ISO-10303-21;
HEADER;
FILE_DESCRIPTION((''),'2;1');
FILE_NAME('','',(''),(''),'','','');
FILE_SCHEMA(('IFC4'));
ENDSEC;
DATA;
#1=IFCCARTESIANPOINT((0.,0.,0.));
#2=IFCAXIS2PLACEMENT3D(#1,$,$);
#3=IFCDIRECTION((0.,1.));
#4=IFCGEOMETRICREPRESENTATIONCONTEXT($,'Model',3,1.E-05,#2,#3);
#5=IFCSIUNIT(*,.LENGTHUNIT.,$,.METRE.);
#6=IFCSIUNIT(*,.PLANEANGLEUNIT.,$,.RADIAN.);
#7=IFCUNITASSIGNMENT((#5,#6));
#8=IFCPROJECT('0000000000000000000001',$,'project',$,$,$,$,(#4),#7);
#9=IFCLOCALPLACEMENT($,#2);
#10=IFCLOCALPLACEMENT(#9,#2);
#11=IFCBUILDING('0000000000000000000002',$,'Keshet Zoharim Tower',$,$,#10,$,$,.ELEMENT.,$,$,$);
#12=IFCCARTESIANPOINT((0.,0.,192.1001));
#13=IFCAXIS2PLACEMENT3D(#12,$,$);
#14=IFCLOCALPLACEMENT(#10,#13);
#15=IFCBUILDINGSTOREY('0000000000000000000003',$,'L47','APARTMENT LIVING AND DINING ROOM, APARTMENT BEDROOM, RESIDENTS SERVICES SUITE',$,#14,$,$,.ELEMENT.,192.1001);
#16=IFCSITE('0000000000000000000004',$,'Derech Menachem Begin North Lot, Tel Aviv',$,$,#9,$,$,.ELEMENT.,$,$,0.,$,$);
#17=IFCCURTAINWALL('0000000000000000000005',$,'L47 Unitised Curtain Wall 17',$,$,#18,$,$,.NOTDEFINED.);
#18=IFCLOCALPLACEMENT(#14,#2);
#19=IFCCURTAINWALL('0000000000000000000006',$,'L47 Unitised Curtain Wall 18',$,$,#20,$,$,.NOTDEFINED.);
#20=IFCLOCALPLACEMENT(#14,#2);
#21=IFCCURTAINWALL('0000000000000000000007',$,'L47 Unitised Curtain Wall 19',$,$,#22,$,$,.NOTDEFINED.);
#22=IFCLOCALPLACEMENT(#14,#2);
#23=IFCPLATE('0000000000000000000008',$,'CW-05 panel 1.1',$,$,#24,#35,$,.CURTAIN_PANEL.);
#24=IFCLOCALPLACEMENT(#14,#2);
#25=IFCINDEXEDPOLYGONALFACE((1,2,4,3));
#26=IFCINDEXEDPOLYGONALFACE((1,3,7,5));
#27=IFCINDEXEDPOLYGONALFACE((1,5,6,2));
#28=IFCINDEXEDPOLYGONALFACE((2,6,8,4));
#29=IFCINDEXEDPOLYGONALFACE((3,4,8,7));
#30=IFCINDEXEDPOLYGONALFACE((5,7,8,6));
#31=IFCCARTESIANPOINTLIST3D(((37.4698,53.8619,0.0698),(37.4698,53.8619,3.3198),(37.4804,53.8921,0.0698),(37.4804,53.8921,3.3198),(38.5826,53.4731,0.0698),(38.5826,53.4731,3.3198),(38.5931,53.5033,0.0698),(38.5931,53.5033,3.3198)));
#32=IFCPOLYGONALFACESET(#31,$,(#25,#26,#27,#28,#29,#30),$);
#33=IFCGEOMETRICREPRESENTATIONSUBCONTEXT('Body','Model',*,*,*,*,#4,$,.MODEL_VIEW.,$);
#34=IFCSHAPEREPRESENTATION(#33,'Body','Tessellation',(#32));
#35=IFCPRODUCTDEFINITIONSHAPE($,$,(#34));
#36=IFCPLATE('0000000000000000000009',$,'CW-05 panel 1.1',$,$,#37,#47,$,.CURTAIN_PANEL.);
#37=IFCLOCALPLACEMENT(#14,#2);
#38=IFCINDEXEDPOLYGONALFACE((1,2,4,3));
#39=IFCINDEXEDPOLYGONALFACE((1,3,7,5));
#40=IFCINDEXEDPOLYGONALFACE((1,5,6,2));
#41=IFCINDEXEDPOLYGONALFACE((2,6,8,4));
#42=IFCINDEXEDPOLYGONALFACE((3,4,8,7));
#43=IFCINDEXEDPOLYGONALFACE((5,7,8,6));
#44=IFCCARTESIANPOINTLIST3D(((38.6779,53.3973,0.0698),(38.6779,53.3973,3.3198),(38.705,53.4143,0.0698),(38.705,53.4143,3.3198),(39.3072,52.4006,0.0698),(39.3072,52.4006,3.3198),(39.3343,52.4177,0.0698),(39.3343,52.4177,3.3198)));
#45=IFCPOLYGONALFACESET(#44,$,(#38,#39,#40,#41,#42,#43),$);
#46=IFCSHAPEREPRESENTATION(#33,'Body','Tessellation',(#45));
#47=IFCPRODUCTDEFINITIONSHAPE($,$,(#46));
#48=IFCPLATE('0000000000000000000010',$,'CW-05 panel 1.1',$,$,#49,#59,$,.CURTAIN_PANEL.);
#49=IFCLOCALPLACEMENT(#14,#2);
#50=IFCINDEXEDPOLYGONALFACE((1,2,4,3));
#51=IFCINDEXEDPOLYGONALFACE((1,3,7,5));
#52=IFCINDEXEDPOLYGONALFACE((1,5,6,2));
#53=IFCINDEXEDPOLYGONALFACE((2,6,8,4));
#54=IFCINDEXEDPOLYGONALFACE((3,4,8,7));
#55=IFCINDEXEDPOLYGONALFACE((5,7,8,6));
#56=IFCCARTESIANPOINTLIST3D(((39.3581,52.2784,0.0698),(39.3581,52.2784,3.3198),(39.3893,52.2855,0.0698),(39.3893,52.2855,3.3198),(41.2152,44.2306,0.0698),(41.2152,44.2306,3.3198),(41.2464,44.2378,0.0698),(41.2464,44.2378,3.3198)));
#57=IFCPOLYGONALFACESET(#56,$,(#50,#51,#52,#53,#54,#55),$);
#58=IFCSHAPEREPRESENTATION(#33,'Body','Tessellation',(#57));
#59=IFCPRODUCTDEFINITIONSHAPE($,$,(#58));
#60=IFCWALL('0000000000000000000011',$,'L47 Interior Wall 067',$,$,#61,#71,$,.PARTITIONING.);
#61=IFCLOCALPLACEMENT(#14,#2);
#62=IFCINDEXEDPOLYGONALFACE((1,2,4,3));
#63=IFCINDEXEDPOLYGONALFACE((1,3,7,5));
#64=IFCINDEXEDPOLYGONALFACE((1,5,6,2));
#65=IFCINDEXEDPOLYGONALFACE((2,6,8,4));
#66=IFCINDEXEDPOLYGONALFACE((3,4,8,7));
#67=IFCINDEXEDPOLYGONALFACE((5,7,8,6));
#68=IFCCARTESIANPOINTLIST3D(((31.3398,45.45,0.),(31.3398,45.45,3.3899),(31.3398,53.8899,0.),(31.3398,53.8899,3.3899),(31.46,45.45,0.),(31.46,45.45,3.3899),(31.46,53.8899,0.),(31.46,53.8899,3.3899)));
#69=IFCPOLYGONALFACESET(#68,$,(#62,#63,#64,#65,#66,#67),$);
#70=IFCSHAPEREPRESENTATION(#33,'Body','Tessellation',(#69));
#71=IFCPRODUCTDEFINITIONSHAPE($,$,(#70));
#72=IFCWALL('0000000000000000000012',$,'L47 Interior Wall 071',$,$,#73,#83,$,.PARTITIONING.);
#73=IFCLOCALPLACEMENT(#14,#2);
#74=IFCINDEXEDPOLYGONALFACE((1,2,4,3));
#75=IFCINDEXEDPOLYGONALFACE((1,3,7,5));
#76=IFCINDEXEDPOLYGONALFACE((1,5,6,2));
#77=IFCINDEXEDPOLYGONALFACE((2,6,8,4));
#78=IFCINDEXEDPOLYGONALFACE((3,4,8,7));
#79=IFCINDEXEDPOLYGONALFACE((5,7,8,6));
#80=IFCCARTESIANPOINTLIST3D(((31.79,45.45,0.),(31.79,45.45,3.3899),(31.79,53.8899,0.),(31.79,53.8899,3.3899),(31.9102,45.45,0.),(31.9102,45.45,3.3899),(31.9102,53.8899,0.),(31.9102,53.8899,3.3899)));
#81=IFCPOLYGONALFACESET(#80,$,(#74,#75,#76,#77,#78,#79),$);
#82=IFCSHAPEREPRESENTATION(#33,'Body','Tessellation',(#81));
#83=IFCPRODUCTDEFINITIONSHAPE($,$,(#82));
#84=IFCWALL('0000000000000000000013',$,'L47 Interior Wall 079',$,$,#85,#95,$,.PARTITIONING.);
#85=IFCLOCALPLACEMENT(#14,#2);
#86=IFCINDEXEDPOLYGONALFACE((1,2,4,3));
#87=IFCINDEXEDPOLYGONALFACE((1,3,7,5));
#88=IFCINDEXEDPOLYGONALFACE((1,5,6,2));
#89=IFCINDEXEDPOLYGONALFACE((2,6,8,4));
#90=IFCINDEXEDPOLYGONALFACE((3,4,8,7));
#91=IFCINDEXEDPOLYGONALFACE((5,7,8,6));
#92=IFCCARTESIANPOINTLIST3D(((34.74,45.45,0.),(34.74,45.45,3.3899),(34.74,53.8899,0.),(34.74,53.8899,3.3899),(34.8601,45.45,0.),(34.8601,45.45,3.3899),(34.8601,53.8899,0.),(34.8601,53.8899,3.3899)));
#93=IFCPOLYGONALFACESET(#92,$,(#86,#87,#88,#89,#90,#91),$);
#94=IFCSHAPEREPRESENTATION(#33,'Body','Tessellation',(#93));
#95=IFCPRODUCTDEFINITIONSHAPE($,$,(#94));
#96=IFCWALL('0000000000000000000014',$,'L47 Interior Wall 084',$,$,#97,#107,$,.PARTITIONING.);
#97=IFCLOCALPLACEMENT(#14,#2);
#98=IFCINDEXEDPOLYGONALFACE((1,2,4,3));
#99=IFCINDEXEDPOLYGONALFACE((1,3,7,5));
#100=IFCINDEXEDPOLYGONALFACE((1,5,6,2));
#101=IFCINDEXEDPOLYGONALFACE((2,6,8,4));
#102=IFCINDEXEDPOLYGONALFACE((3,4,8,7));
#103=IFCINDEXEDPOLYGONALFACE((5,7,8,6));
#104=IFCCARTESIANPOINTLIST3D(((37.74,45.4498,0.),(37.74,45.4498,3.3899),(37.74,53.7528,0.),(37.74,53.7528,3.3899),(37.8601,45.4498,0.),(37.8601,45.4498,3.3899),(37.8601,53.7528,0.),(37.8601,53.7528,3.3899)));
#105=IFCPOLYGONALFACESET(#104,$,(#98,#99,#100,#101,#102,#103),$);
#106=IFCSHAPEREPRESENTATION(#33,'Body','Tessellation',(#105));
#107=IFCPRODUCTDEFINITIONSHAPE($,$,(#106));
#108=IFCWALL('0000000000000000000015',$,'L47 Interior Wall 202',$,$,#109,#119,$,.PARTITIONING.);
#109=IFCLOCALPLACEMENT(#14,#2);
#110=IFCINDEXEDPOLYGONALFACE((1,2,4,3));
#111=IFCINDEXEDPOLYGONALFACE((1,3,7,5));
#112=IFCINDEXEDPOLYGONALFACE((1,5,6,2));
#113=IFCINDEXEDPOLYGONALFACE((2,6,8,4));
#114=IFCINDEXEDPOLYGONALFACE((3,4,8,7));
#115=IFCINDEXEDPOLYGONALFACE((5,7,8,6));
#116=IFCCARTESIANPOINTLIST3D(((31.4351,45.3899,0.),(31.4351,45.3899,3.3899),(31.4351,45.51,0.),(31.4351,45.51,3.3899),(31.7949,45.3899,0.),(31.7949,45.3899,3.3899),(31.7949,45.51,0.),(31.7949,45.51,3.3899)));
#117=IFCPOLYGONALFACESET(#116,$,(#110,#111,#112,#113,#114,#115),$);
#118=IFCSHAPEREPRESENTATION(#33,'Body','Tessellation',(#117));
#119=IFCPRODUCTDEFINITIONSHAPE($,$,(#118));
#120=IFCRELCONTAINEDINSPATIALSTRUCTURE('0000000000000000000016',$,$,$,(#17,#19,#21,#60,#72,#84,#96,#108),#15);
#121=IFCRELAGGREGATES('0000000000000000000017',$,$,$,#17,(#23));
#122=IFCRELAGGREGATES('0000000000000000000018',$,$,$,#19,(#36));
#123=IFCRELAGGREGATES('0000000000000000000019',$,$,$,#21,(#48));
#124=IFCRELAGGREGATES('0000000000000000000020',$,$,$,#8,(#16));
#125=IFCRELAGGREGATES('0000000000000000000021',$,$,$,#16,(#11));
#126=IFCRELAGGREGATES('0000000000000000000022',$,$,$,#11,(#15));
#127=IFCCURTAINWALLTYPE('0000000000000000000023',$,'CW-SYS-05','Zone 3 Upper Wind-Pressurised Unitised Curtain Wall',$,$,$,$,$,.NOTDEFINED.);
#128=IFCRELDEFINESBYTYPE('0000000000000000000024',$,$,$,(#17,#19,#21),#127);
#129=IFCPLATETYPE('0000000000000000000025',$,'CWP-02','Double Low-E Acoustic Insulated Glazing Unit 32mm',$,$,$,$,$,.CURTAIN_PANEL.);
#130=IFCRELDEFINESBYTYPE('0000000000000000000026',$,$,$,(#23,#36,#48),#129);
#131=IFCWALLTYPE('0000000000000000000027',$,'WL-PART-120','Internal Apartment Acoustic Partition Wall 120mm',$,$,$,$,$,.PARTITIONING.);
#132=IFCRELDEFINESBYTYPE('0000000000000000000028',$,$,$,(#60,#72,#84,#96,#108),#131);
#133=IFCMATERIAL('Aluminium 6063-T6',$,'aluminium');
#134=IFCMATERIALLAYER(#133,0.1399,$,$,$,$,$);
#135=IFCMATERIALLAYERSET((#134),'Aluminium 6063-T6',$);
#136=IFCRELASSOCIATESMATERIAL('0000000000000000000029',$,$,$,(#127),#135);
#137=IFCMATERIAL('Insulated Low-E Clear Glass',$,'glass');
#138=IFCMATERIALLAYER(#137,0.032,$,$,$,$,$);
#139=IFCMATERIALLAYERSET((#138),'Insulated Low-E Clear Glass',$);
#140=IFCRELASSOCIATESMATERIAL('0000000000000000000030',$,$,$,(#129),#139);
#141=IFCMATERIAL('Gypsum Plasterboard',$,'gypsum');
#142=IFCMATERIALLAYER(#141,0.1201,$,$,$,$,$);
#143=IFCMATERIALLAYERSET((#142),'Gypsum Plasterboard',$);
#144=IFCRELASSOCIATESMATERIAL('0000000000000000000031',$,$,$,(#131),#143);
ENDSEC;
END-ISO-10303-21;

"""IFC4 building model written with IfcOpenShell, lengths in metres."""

from ifc_helpers import new_model, si_unit, direction, frame, frame_2d, origin, origin_2d, place, context, subcontext, project, spatial, rectangle, extrude, material, layer, layer_set, type_object, element, aggregate, save


model = new_model("IFC4")

# Units and contexts
model_context = context("Model", 3, precision=1e-05, world=origin(), true_north=direction((0.0, 1.0)))
body_context = subcontext(model_context, "Body", "Model", "MODEL_VIEW")
ifc_project = project(units=[si_unit("LENGTHUNIT", "METRE"), si_unit("PLANEANGLEUNIT", "RADIAN")], contexts=[model_context])

# Site, building, storey
site_placement = place(None, origin())
site = spatial("IfcSite", under=ifc_project, at=site_placement, Name="Derech Menachem Begin North Lot, Tel Aviv", CompositionType="ELEMENT", RefElevation=0.0)
building_placement = place(site_placement, origin())
building = spatial("IfcBuilding", under=site, at=building_placement, Name="Keshet Zoharim Tower", CompositionType="ELEMENT")
storey_placement = place(building_placement, frame((0.0, 0.0, 192.1001)))
storey = spatial("IfcBuildingStorey", under=building, at=storey_placement, Name="L47", Description="APARTMENT LIVING AND DINING ROOM, APARTMENT BEDROOM, RESIDENTS SERVICES SUITE", CompositionType="ELEMENT", Elevation=192.1001)

# Curtain walls
ifc_material_1 = material(Name="Aluminium 6063-T6", Category="aluminium")
ifc_layer_1 = layer(ifc_material_1, 0.1399)
ifc_layer_set_1 = layer_set([ifc_layer_1], Name="Aluminium 6063-T6")
curtain_wall_type = type_object("IfcCurtainWallType", Name="CW-SYS-05", Description="Zone 3 Upper Wind-Pressurised Unitised Curtain Wall", PredefinedType="NOTDEFINED", material=ifc_layer_set_1)
curtain_wall_1_placement = place(storey_placement, origin())
curtain_wall_1 = element("IfcCurtainWall", 1, at=curtain_wall_1_placement, inside=storey, type_object=curtain_wall_type, Name="L47 Unitised Curtain Wall 17", PredefinedType="NOTDEFINED")
curtain_wall_2_placement = place(storey_placement, origin())
curtain_wall_2 = element("IfcCurtainWall", 2, at=curtain_wall_2_placement, inside=storey, type_object=curtain_wall_type, Name="L47 Unitised Curtain Wall 18", PredefinedType="NOTDEFINED")
curtain_wall_3_placement = place(storey_placement, origin())
curtain_wall_3 = element("IfcCurtainWall", 3, at=curtain_wall_3_placement, inside=storey, type_object=curtain_wall_type, Name="L47 Unitised Curtain Wall 19", PredefinedType="NOTDEFINED")

# Plates
ifc_material_2 = material(Name="Insulated Low-E Clear Glass", Category="glass")
ifc_layer_2 = layer(ifc_material_2, 0.032)
ifc_layer_set_2 = layer_set([ifc_layer_2], Name="Insulated Low-E Clear Glass")
plate_type = type_object("IfcPlateType", Name="CWP-02", Description="Double Low-E Acoustic Insulated Glazing Unit 32mm", PredefinedType="CURTAIN_PANEL", material=ifc_layer_set_2)
plate_1_placement = place(storey_placement, frame((38.0315, 53.6826, 0.0698), z_axis=(0.0, 0.0, 1.0), x_axis=(0.944036, -0.329844, 0.0)))
plate_1 = element("IfcPlate", 4, at=plate_1_placement, type_object=plate_type, Name="CW-05 panel 1.1", PredefinedType="CURTAIN_PANEL", context=body_context, shape_type="SweptSolid", body=[
    extrude(rectangle(XDim=1.1787, YDim=0.032, at=origin_2d()), origin(), (0.0, 0.0, 1.0), 3.25),
])
aggregate(curtain_wall_1, [plate_1])
plate_2_placement = place(storey_placement, frame((39.0061, 52.9075, 0.0698), z_axis=(0.0, 0.0, 1.0), x_axis=(0.533879, -0.845561, 0.0)))
plate_2 = element("IfcPlate", 5, at=plate_2_placement, type_object=plate_type, Name="CW-05 panel 1.1", PredefinedType="CURTAIN_PANEL", context=body_context, shape_type="SweptSolid", body=[
    extrude(rectangle(XDim=1.1787, YDim=0.032, at=origin_2d()), origin(), (0.0, 0.0, 1.0), 3.25),
])
aggregate(curtain_wall_2, [plate_2])
plate_3_placement = place(storey_placement, frame((40.3022, 48.2581, 0.0698), z_axis=(0.0, 0.0, 1.0), x_axis=(0.224848, -0.974394, 0.0)))
plate_3 = element("IfcPlate", 6, at=plate_3_placement, type_object=plate_type, Name="CW-05 panel 1.1", PredefinedType="CURTAIN_PANEL", context=body_context, shape_type="SweptSolid", body=[
    extrude(rectangle(XDim=8.2593, YDim=0.032, at=origin_2d()), origin(), (0.0, 0.0, 1.0), 3.25),
])
aggregate(curtain_wall_3, [plate_3])

# Walls
ifc_material_3 = material(Name="Gypsum Plasterboard", Category="gypsum")
ifc_layer_3 = layer(ifc_material_3, 0.1201)
ifc_layer_set_3 = layer_set([ifc_layer_3], Name="Gypsum Plasterboard")
wall_type = type_object("IfcWallType", Name="WL-PART-120", Description="Internal Apartment Acoustic Partition Wall 120mm", PredefinedType="PARTITIONING", material=ifc_layer_set_3)
for number, where, z_axis, x_axis, name in (
    (7, (31.3999, 45.45, 0.0), (0.0, 0.0, 1.0), (0.0, 1.0, 0.0), "L47 Interior Wall 067"),
    (8, (31.8501, 45.45, 0.0), (0.0, 0.0, 1.0), (0.0, 1.0, 0.0), "L47 Interior Wall 071"),
    (9, (34.8, 45.45, 0.0), (0.0, 0.0, 1.0), (0.0, 1.0, 0.0), "L47 Interior Wall 079"),
):
    element("IfcWall", number, at=place(storey_placement, frame(where, z_axis=z_axis, x_axis=x_axis)), inside=storey, type_object=wall_type, Name=name, PredefinedType="PARTITIONING", context=body_context, shape_type="SweptSolid", body=[
        extrude(rectangle(XDim=8.4399, YDim=0.1201, at=frame_2d((4.22, 0.0))), origin(), (0.0, 0.0, 1.0), 3.3899),
    ])
wall_1_placement = place(storey_placement, frame((37.8, 45.45, 0.0), z_axis=(0.0, 0.0, 1.0), x_axis=(0.0, 1.0, 0.0)))
element("IfcWall", 10, at=wall_1_placement, inside=storey, type_object=wall_type, Name="L47 Interior Wall 084", PredefinedType="PARTITIONING", context=body_context, shape_type="SweptSolid", body=[
    extrude(rectangle(XDim=8.303, YDim=0.1201, at=frame_2d((4.1514, 0.0))), origin(), (0.0, 0.0, 1.0), 3.3899),
])
wall_2_placement = place(storey_placement, frame((31.4351, 45.45, 0.0), z_axis=(0.0, 0.0, 1.0), x_axis=(1.0, 0.0, 0.0)))
element("IfcWall", 11, at=wall_2_placement, inside=storey, type_object=wall_type, Name="L47 Interior Wall 202", PredefinedType="PARTITIONING", context=body_context, shape_type="SweptSolid", body=[
    extrude(rectangle(XDim=0.3599, YDim=0.1201, at=frame_2d((0.1799, 0.0))), origin(), (0.0, 0.0, 1.0), 3.3899),
])

save(model, "model.ifc")
